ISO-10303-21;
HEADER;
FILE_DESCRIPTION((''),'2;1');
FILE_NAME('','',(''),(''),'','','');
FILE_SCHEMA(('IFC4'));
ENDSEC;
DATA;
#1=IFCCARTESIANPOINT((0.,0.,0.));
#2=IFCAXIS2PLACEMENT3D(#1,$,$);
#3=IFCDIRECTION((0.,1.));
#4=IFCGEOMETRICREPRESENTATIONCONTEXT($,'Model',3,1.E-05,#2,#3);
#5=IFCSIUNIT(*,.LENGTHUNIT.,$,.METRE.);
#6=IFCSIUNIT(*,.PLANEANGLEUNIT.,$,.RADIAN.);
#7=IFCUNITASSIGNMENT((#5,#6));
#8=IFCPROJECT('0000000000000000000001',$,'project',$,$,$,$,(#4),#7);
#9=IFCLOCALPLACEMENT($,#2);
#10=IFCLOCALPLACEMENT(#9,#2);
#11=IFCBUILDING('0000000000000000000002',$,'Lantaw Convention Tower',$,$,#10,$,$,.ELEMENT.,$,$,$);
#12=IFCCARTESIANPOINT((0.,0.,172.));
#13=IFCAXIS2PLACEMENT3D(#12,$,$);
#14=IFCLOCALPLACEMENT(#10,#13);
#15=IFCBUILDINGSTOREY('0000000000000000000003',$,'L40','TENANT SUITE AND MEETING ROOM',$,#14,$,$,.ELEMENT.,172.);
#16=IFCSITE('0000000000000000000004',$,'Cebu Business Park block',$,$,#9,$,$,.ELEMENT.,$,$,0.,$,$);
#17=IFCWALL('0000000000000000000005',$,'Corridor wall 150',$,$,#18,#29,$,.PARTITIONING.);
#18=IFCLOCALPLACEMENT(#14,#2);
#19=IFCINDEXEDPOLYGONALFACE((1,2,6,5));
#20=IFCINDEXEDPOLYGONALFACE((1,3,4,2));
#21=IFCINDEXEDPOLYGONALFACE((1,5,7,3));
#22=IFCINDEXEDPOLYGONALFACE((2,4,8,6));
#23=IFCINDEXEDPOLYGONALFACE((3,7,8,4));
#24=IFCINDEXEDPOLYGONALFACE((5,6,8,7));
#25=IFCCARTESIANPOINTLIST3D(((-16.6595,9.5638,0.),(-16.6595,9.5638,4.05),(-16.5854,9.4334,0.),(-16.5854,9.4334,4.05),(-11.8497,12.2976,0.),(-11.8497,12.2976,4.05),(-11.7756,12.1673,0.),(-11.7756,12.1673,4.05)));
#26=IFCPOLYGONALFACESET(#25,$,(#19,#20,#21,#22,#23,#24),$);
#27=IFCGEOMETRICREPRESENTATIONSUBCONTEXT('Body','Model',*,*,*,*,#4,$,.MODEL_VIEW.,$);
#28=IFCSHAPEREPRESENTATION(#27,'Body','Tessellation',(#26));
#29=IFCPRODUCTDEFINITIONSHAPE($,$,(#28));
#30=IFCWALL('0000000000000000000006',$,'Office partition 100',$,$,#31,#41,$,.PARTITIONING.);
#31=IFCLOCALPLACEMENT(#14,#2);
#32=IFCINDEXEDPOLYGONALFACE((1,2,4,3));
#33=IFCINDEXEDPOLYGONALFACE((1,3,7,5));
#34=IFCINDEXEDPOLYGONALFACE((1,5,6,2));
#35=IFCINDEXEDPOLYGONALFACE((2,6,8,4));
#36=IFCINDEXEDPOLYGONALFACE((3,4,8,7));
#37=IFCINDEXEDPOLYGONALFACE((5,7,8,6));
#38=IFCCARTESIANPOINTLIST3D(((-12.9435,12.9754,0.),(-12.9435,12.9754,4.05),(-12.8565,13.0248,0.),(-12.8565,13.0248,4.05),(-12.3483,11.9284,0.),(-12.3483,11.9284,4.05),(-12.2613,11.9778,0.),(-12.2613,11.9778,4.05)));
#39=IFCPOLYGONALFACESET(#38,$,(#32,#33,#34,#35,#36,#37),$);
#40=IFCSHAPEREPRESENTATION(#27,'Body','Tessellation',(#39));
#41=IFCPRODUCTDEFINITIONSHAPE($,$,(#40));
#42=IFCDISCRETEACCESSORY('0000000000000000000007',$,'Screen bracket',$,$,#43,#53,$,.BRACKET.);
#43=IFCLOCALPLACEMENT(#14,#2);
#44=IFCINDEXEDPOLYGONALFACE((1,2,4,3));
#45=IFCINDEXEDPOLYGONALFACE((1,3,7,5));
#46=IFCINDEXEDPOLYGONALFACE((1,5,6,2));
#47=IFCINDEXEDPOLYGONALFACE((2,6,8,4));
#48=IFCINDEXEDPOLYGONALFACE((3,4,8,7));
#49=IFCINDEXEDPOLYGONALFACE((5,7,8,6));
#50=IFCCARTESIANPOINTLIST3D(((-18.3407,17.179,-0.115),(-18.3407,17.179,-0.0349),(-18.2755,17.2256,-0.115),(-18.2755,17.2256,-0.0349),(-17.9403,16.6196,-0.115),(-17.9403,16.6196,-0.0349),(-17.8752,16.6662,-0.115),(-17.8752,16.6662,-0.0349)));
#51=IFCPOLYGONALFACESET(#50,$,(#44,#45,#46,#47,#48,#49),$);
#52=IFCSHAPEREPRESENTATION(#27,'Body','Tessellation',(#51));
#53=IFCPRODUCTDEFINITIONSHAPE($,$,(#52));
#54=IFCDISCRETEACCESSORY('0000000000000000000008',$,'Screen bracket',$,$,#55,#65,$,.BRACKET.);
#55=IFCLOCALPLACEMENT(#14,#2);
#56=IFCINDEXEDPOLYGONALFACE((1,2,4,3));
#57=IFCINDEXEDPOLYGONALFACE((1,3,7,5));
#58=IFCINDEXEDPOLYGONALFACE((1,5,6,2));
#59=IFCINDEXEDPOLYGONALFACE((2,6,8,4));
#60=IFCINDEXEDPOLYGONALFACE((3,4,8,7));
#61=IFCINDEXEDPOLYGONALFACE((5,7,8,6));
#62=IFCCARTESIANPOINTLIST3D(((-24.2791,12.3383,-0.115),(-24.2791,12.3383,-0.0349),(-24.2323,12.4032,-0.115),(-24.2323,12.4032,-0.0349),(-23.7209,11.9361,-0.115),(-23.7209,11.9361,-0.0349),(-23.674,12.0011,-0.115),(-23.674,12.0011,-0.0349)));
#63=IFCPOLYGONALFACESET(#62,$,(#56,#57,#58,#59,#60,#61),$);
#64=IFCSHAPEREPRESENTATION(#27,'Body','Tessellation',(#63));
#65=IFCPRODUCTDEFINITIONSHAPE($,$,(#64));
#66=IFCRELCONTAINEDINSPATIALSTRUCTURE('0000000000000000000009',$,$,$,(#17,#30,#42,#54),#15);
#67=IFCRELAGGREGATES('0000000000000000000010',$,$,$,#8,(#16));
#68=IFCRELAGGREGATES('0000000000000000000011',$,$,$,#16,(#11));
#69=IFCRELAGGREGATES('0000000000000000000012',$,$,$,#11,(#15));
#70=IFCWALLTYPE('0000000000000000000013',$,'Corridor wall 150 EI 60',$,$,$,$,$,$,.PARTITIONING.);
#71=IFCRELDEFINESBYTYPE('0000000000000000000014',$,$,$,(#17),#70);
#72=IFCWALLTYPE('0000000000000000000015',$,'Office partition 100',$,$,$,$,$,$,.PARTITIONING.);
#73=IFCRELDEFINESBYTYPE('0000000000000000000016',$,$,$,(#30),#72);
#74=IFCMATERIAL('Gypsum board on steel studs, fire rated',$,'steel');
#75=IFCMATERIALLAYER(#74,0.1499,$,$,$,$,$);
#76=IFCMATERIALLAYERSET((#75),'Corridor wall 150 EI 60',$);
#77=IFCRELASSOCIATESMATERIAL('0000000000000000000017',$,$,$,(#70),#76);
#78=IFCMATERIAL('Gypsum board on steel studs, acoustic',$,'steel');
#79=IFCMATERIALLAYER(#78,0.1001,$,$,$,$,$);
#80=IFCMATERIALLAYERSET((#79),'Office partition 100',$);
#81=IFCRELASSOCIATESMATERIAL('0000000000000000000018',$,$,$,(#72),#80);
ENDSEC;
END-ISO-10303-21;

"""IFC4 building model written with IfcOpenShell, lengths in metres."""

from ifc_helpers import new_model, si_unit, direction, frame, frame_2d, origin, origin_2d, place, context, subcontext, project, spatial, rectangle, extrude, material, layer, layer_set, type_object, element, save


model = new_model("IFC4")

# Units and contexts
model_context = context("Model", 3, precision=1e-05, world=origin(), true_north=direction((0.0, 1.0)))
body_context = subcontext(model_context, "Body", "Model", "MODEL_VIEW")
ifc_project = project(units=[si_unit("LENGTHUNIT", "METRE"), si_unit("PLANEANGLEUNIT", "RADIAN")], contexts=[model_context])

# Site, building, storey
site_placement = place(None, origin())
site = spatial("IfcSite", under=ifc_project, at=site_placement, Name="Cebu Business Park block", CompositionType="ELEMENT", RefElevation=0.0)
building_placement = place(site_placement, origin())
building = spatial("IfcBuilding", under=site, at=building_placement, Name="Lantaw Convention Tower", CompositionType="ELEMENT")
storey_placement = place(building_placement, frame((0.0, 0.0, 172.0)))
storey = spatial("IfcBuildingStorey", under=building, at=storey_placement, Name="L40", Description="TENANT SUITE AND MEETING ROOM", CompositionType="ELEMENT", Elevation=172.0)

# Walls
ifc_material_1 = material(Name="Gypsum board on steel studs, fire rated", Category="steel")
ifc_layer_1 = layer(ifc_material_1, 0.1499)
ifc_layer_set_1 = layer_set([ifc_layer_1], Name="Corridor wall 150 EI 60")
wall_type_1 = type_object("IfcWallType", Name="Corridor wall 150 EI 60", PredefinedType="PARTITIONING", material=ifc_layer_set_1)
wall_1_placement = place(storey_placement, frame((-11.8127, 12.2324, 0.0), z_axis=(0.0, 0.0, 1.0), x_axis=(-0.869376, -0.494151, 0.0)))
element("IfcWall", 1, at=wall_1_placement, inside=storey, type_object=wall_type_1, Name="Corridor wall 150", PredefinedType="PARTITIONING", context=body_context, shape_type="SweptSolid", body=[
    extrude(rectangle(XDim=5.5325, YDim=0.1499, at=frame_2d((2.7661, 0.0))), origin(), (0.0, 0.0, 1.0), 4.05),
])
ifc_material_2 = material(Name="Gypsum board on steel studs, acoustic", Category="steel")
ifc_layer_2 = layer(ifc_material_2, 0.1001)
ifc_layer_set_2 = layer_set([ifc_layer_2], Name="Office partition 100")
wall_type_2 = type_object("IfcWallType", Name="Office partition 100", PredefinedType="PARTITIONING", material=ifc_layer_set_2)
wall_2_placement = place(storey_placement, frame((-12.8999, 13.0, 0.0), z_axis=(0.0, 0.0, 1.0), x_axis=(0.494173, -0.869364, 0.0)))
element("IfcWall", 2, at=wall_2_placement, inside=storey, type_object=wall_type_2, Name="Office partition 100", PredefinedType="PARTITIONING", context=body_context, shape_type="SweptSolid", body=[
    extrude(rectangle(XDim=1.2043, YDim=0.1001, at=frame_2d((0.6021, 0.0))), origin(), (0.0, 0.0, 1.0), 4.05),
])

# Discrete accessories
for number, where, z_axis, x_axis, name in (
    (3, (-18.1079, 16.9226, -0.115), (0.0, 0.0, 1.0), (-0.813208, -0.581973, 0.0), "Screen bracket"),
    (4, (-23.9766, 12.1697, -0.115), (0.0, 0.0, 1.0), (-0.584513, -0.811385, 0.0), "Screen bracket"),
):
    element("IfcDiscreteAccessory", number, at=place(storey_placement, frame(where, z_axis=z_axis, x_axis=x_axis)), inside=storey, Name=name, PredefinedType="BRACKET", context=body_context, shape_type="SweptSolid", body=[
        extrude(rectangle(XDim=0.0801, YDim=0.688, at=origin_2d()), origin(), (0.0, 0.0, 1.0), 0.0801),
    ])

save(model, "model.ifc")
